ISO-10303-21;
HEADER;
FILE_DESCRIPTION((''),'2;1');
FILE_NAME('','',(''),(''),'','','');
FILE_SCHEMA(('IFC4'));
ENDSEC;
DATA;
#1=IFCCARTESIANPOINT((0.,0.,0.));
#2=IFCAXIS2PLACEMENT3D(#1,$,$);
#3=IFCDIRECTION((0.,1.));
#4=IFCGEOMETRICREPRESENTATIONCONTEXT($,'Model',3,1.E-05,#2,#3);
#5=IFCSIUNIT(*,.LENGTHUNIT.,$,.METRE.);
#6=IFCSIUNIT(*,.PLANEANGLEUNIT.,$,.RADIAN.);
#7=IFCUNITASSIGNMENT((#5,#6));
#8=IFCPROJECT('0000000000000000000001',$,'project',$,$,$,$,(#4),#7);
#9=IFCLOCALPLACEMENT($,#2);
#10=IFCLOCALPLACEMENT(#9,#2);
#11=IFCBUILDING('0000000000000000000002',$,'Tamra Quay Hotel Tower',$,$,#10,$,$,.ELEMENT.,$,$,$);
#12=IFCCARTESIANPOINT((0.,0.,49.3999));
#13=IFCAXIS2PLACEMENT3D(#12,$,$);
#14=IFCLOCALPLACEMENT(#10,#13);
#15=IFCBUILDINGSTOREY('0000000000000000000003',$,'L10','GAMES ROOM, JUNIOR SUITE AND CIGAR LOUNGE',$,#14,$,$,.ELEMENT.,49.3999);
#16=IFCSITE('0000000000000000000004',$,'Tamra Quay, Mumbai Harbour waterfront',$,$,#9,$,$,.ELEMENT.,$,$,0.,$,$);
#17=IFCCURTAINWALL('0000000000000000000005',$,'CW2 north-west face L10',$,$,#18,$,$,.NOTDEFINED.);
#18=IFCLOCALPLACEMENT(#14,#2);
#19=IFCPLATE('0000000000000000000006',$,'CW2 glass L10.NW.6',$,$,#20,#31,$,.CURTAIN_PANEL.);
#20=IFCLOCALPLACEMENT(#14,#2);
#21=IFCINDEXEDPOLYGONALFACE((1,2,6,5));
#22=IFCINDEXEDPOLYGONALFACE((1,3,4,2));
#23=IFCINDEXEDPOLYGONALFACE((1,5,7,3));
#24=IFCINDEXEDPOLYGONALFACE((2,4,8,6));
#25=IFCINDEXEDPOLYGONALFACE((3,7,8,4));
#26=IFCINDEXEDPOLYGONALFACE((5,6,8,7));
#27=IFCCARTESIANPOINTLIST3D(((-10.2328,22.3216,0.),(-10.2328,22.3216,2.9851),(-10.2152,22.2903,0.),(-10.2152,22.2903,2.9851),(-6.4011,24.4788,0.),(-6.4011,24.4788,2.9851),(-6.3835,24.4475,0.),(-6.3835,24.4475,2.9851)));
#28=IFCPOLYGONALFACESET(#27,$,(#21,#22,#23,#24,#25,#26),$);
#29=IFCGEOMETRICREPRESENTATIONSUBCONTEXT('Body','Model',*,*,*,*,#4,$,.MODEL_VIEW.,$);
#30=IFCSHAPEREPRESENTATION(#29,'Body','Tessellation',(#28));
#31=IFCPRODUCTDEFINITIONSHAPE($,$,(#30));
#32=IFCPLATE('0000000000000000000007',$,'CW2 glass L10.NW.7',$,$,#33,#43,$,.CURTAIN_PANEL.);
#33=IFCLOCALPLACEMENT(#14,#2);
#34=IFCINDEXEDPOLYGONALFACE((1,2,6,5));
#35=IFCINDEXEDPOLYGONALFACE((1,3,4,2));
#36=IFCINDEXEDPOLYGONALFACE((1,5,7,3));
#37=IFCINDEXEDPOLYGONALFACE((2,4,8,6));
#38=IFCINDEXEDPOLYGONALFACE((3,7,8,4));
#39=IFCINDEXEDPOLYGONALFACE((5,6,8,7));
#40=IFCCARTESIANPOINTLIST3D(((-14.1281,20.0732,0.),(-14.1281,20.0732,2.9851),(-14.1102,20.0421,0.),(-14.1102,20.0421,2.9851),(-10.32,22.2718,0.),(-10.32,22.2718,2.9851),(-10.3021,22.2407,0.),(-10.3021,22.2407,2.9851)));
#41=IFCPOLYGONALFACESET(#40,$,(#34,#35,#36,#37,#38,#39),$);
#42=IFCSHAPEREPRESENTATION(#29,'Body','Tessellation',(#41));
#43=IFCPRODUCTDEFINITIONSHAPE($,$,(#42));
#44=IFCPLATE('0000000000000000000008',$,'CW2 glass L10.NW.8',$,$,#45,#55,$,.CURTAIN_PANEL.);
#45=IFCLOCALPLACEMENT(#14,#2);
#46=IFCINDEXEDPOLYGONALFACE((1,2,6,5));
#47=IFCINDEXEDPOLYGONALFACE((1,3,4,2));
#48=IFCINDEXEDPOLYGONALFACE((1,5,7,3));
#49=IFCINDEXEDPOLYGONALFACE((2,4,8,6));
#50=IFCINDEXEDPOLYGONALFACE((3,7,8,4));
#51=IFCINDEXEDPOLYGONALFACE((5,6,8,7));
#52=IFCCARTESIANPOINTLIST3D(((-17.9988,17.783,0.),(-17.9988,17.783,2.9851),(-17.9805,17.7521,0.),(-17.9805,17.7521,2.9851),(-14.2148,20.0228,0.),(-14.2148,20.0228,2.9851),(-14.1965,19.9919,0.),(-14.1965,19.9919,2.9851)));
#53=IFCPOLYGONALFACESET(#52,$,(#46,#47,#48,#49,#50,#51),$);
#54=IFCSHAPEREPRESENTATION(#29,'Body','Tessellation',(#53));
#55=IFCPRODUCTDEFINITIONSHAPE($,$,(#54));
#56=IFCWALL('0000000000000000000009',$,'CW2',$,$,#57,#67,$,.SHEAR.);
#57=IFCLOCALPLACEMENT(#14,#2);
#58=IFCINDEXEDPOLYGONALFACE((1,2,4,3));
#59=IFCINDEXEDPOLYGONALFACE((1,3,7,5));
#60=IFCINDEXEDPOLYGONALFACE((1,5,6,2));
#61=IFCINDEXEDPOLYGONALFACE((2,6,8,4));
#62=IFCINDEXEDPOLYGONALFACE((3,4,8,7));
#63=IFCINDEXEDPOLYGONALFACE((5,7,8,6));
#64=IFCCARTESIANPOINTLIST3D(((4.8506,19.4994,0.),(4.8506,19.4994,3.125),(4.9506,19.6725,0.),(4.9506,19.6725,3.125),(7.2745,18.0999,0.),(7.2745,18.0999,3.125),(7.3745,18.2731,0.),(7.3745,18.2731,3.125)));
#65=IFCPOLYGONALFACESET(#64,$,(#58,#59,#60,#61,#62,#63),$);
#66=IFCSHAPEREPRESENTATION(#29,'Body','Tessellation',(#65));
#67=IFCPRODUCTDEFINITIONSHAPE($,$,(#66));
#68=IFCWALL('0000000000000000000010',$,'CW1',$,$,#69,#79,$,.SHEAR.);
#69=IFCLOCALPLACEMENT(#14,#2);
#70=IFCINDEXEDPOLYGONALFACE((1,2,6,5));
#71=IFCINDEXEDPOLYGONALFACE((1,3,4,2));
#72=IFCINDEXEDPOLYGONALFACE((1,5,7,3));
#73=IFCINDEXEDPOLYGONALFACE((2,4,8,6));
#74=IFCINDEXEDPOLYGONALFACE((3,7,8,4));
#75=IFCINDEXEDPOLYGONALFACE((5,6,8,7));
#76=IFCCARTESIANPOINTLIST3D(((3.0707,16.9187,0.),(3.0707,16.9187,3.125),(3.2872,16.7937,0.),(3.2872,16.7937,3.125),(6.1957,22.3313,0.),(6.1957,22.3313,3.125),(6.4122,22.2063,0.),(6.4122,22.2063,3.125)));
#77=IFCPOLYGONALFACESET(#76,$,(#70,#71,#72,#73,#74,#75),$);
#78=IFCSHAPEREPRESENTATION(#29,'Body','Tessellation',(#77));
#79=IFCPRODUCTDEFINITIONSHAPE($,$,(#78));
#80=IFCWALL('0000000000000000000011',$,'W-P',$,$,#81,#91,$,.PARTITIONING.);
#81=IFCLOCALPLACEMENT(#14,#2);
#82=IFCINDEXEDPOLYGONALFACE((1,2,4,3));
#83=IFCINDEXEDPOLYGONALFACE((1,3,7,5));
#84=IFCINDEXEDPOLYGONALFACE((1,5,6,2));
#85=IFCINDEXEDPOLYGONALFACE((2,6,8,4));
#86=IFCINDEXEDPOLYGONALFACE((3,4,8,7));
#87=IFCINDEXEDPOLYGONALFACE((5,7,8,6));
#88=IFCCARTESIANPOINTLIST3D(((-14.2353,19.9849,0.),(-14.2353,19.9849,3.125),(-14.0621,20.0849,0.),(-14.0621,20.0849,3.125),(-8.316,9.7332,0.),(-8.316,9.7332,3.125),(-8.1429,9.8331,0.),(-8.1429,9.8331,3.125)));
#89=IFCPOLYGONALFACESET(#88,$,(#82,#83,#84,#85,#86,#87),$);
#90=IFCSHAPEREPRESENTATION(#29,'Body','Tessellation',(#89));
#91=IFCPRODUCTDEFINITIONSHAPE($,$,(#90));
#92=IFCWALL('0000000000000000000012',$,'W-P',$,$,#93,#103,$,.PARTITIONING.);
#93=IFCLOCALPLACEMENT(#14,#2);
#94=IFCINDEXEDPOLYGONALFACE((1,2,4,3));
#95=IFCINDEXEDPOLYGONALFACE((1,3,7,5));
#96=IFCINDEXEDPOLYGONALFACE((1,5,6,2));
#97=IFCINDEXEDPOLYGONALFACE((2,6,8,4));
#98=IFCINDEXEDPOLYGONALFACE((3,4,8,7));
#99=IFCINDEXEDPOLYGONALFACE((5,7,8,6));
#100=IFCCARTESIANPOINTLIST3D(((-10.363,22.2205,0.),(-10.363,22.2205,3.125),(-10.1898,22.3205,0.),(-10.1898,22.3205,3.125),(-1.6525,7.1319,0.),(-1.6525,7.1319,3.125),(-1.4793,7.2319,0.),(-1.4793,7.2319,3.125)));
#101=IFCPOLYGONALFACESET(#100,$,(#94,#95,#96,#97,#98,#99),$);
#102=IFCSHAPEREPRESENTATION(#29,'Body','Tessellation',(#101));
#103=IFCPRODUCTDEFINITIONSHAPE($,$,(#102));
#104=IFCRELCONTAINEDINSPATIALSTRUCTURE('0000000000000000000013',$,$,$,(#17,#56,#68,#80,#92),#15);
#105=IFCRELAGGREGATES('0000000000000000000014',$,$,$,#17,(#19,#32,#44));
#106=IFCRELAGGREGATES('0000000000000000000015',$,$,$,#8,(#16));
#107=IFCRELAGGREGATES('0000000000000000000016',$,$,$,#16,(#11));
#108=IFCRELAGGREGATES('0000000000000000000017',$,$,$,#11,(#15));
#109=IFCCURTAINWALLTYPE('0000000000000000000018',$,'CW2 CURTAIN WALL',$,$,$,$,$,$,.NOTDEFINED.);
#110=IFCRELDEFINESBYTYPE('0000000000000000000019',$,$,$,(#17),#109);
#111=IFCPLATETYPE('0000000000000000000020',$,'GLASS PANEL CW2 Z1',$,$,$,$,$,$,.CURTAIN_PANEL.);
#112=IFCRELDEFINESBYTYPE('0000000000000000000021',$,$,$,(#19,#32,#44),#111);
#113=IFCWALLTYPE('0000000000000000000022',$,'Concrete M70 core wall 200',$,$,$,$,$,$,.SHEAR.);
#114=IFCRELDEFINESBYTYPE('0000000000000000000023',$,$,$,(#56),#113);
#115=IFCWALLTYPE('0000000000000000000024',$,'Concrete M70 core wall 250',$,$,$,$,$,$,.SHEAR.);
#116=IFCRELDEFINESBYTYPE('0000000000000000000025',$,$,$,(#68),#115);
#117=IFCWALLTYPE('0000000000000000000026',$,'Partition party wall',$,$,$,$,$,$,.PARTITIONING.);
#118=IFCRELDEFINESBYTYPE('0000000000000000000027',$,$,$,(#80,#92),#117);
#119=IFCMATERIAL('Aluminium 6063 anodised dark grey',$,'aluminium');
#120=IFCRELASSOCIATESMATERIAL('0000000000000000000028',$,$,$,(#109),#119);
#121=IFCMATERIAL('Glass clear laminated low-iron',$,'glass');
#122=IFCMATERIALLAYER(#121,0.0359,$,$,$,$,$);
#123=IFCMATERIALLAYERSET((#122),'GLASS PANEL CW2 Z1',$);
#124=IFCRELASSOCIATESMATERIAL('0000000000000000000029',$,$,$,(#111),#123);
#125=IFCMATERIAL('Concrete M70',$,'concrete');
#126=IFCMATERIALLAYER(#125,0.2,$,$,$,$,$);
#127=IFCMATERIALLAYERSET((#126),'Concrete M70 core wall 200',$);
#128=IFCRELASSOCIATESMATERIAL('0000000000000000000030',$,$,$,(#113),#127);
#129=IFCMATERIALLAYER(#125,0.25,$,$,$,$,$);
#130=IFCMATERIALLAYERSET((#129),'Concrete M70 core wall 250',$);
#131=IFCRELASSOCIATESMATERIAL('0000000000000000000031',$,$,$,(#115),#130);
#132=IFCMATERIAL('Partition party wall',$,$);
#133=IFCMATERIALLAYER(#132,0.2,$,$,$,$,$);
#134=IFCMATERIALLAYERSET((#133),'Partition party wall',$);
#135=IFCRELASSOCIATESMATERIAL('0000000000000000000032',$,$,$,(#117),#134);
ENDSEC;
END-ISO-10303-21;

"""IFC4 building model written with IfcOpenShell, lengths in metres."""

from ifc_helpers import new_model, si_unit, direction, frame, frame_2d, origin, origin_2d, place, context, subcontext, project, spatial, rectangle, extrude, material, layer, layer_set, type_object, element, aggregate, save


model = new_model("IFC4")

# Units and contexts
model_context = context("Model", 3, precision=1e-05, world=origin(), true_north=direction((0.0, 1.0)))
body_context = subcontext(model_context, "Body", "Model", "MODEL_VIEW")
ifc_project = project(units=[si_unit("LENGTHUNIT", "METRE"), si_unit("PLANEANGLEUNIT", "RADIAN")], contexts=[model_context])

# Site, building, storey
site_placement = place(None, origin())
site = spatial("IfcSite", under=ifc_project, at=site_placement, Name="Tamra Quay, Mumbai Harbour waterfront", CompositionType="ELEMENT", RefElevation=0.0)
building_placement = place(site_placement, origin())
building = spatial("IfcBuilding", under=site, at=building_placement, Name="Tamra Quay Hotel Tower", CompositionType="ELEMENT")
storey_placement = place(building_placement, frame((0.0, 0.0, 49.3999)))
storey = spatial("IfcBuildingStorey", under=building, at=storey_placement, Name="L10", Description="GAMES ROOM, JUNIOR SUITE AND CIGAR LOUNGE", CompositionType="ELEMENT", Elevation=49.3999)

# Shared definitions
ifc_material_1 = material(Name="Concrete M70", Category="concrete")

# Curtain wall, plates
ifc_material_2 = material(Name="Aluminium 6063 anodised dark grey", Category="aluminium")
curtain_wall_type = type_object("IfcCurtainWallType", Name="CW2 CURTAIN WALL", PredefinedType="NOTDEFINED", material=ifc_material_2)
curtain_wall_placement = place(storey_placement, origin())
curtain_wall = element("IfcCurtainWall", 1, at=curtain_wall_placement, inside=storey, type_object=curtain_wall_type, Name="CW2 north-west face L10", PredefinedType="NOTDEFINED")
ifc_material_3 = material(Name="Glass clear laminated low-iron", Category="glass")
ifc_layer_1 = layer(ifc_material_3, 0.0359)
ifc_layer_set_1 = layer_set([ifc_layer_1], Name="GLASS PANEL CW2 Z1")
plate_type = type_object("IfcPlateType", Name="GLASS PANEL CW2 Z1", PredefinedType="CURTAIN_PANEL", material=ifc_layer_set_1)
plate_1_placement = place(storey_placement, frame((-8.3081, 23.3845, 0.0), z_axis=(0.0, 0.0, 1.0), x_axis=(-0.871392, -0.490587, 0.0)))
plate_1 = element("IfcPlate", 2, at=plate_1_placement, type_object=plate_type, Name="CW2 glass L10.NW.6", PredefinedType="CURTAIN_PANEL", context=body_context, shape_type="SweptSolid", body=[
    extrude(rectangle(XDim=4.3972, YDim=0.0359, at=origin_2d()), origin(), (0.0, 0.0, 1.0), 2.9851),
])
plate_2_placement = place(storey_placement, frame((-12.2151, 21.157, 0.0), z_axis=(0.0, 0.0, 1.0), x_axis=(-0.866025, -0.5, 0.0)))
plate_2 = element("IfcPlate", 3, at=plate_2_placement, type_object=plate_type, Name="CW2 glass L10.NW.7", PredefinedType="CURTAIN_PANEL", context=body_context, shape_type="SweptSolid", body=[
    extrude(rectangle(XDim=4.3972, YDim=0.0359, at=origin_2d()), origin(), (0.0, 0.0, 1.0), 2.9851),
])
plate_3_placement = place(storey_placement, frame((-16.0977, 18.8875, 0.0), z_axis=(0.0, 0.0, 1.0), x_axis=(-0.860557, -0.509355, 0.0)))
plate_3 = element("IfcPlate", 4, at=plate_3_placement, type_object=plate_type, Name="CW2 glass L10.NW.8", PredefinedType="CURTAIN_PANEL", context=body_context, shape_type="SweptSolid", body=[
    extrude(rectangle(XDim=4.3972, YDim=0.0359, at=origin_2d()), origin(), (0.0, 0.0, 1.0), 2.9851),
])
aggregate(curtain_wall, [plate_1, plate_2, plate_3])

# Walls
ifc_layer_2 = layer(ifc_material_1, 0.2)
ifc_layer_set_2 = layer_set([ifc_layer_2], Name="Concrete M70 core wall 200")
wall_type_1 = type_object("IfcWallType", Name="Concrete M70 core wall 200", PredefinedType="SHEAR", material=ifc_layer_set_2)
wall_1_placement = place(storey_placement, frame((4.9006, 19.5859, 0.0), z_axis=(0.0, 0.0, 1.0), x_axis=(0.866023, -0.500004, 0.0)))
element("IfcWall", 5, at=wall_1_placement, inside=storey, type_object=wall_type_1, Name="CW2", PredefinedType="SHEAR", context=body_context, shape_type="SweptSolid", body=[
    extrude(rectangle(XDim=2.7988, YDim=0.2, at=frame_2d((1.3994, 0.0))), origin(), (0.0, 0.0, 1.0), 3.125),
])
ifc_layer_3 = layer(ifc_material_1, 0.25)
ifc_layer_set_3 = layer_set([ifc_layer_3], Name="Concrete M70 core wall 250")
wall_type_2 = type_object("IfcWallType", Name="Concrete M70 core wall 250", PredefinedType="SHEAR", material=ifc_layer_set_3)
wall_2_placement = place(storey_placement, frame((3.179, 16.8562, 0.0), z_axis=(0.0, 0.0, 1.0), x_axis=(0.500004, 0.866023, 0.0)))
element("IfcWall", 6, at=wall_2_placement, inside=storey, type_object=wall_type_2, Name="CW1", PredefinedType="SHEAR", context=body_context, shape_type="SweptSolid", body=[
    extrude(rectangle(XDim=6.25, YDim=0.25, at=frame_2d((3.125, 0.0))), origin(), (0.0, 0.0, 1.0), 3.125),
])
ifc_material_4 = material(Name="Partition party wall")
ifc_layer_4 = layer(ifc_material_4, 0.2)
ifc_layer_set_4 = layer_set([ifc_layer_4], Name="Partition party wall")
wall_type_3 = type_object("IfcWallType", Name="Partition party wall", PredefinedType="PARTITIONING", material=ifc_layer_set_4)
wall_3_placement = place(storey_placement, frame((-14.1487, 20.0349, 0.0), z_axis=(0.0, 0.0, 1.0), x_axis=(0.500023, -0.866012, 0.0)))
element("IfcWall", 7, at=wall_3_placement, inside=storey, type_object=wall_type_3, Name="W-P", PredefinedType="PARTITIONING", context=body_context, shape_type="SweptSolid", body=[
    extrude(rectangle(XDim=11.8379, YDim=0.2, at=frame_2d((5.9189, 0.0))), origin(), (0.0, 0.0, 1.0), 3.125),
])
wall_4_placement = place(storey_placement, frame((-10.2764, 22.2705, 0.0), z_axis=(0.0, 0.0, 1.0), x_axis=(0.499958, -0.86605, 0.0)))
element("IfcWall", 8, at=wall_4_placement, inside=storey, type_object=wall_type_3, Name="W-P", PredefinedType="PARTITIONING", context=body_context, shape_type="SweptSolid", body=[
    extrude(rectangle(XDim=17.4224, YDim=0.2, at=frame_2d((8.7112, 0.0))), origin(), (0.0, 0.0, 1.0), 3.125),
])

save(model, "model.ifc")
